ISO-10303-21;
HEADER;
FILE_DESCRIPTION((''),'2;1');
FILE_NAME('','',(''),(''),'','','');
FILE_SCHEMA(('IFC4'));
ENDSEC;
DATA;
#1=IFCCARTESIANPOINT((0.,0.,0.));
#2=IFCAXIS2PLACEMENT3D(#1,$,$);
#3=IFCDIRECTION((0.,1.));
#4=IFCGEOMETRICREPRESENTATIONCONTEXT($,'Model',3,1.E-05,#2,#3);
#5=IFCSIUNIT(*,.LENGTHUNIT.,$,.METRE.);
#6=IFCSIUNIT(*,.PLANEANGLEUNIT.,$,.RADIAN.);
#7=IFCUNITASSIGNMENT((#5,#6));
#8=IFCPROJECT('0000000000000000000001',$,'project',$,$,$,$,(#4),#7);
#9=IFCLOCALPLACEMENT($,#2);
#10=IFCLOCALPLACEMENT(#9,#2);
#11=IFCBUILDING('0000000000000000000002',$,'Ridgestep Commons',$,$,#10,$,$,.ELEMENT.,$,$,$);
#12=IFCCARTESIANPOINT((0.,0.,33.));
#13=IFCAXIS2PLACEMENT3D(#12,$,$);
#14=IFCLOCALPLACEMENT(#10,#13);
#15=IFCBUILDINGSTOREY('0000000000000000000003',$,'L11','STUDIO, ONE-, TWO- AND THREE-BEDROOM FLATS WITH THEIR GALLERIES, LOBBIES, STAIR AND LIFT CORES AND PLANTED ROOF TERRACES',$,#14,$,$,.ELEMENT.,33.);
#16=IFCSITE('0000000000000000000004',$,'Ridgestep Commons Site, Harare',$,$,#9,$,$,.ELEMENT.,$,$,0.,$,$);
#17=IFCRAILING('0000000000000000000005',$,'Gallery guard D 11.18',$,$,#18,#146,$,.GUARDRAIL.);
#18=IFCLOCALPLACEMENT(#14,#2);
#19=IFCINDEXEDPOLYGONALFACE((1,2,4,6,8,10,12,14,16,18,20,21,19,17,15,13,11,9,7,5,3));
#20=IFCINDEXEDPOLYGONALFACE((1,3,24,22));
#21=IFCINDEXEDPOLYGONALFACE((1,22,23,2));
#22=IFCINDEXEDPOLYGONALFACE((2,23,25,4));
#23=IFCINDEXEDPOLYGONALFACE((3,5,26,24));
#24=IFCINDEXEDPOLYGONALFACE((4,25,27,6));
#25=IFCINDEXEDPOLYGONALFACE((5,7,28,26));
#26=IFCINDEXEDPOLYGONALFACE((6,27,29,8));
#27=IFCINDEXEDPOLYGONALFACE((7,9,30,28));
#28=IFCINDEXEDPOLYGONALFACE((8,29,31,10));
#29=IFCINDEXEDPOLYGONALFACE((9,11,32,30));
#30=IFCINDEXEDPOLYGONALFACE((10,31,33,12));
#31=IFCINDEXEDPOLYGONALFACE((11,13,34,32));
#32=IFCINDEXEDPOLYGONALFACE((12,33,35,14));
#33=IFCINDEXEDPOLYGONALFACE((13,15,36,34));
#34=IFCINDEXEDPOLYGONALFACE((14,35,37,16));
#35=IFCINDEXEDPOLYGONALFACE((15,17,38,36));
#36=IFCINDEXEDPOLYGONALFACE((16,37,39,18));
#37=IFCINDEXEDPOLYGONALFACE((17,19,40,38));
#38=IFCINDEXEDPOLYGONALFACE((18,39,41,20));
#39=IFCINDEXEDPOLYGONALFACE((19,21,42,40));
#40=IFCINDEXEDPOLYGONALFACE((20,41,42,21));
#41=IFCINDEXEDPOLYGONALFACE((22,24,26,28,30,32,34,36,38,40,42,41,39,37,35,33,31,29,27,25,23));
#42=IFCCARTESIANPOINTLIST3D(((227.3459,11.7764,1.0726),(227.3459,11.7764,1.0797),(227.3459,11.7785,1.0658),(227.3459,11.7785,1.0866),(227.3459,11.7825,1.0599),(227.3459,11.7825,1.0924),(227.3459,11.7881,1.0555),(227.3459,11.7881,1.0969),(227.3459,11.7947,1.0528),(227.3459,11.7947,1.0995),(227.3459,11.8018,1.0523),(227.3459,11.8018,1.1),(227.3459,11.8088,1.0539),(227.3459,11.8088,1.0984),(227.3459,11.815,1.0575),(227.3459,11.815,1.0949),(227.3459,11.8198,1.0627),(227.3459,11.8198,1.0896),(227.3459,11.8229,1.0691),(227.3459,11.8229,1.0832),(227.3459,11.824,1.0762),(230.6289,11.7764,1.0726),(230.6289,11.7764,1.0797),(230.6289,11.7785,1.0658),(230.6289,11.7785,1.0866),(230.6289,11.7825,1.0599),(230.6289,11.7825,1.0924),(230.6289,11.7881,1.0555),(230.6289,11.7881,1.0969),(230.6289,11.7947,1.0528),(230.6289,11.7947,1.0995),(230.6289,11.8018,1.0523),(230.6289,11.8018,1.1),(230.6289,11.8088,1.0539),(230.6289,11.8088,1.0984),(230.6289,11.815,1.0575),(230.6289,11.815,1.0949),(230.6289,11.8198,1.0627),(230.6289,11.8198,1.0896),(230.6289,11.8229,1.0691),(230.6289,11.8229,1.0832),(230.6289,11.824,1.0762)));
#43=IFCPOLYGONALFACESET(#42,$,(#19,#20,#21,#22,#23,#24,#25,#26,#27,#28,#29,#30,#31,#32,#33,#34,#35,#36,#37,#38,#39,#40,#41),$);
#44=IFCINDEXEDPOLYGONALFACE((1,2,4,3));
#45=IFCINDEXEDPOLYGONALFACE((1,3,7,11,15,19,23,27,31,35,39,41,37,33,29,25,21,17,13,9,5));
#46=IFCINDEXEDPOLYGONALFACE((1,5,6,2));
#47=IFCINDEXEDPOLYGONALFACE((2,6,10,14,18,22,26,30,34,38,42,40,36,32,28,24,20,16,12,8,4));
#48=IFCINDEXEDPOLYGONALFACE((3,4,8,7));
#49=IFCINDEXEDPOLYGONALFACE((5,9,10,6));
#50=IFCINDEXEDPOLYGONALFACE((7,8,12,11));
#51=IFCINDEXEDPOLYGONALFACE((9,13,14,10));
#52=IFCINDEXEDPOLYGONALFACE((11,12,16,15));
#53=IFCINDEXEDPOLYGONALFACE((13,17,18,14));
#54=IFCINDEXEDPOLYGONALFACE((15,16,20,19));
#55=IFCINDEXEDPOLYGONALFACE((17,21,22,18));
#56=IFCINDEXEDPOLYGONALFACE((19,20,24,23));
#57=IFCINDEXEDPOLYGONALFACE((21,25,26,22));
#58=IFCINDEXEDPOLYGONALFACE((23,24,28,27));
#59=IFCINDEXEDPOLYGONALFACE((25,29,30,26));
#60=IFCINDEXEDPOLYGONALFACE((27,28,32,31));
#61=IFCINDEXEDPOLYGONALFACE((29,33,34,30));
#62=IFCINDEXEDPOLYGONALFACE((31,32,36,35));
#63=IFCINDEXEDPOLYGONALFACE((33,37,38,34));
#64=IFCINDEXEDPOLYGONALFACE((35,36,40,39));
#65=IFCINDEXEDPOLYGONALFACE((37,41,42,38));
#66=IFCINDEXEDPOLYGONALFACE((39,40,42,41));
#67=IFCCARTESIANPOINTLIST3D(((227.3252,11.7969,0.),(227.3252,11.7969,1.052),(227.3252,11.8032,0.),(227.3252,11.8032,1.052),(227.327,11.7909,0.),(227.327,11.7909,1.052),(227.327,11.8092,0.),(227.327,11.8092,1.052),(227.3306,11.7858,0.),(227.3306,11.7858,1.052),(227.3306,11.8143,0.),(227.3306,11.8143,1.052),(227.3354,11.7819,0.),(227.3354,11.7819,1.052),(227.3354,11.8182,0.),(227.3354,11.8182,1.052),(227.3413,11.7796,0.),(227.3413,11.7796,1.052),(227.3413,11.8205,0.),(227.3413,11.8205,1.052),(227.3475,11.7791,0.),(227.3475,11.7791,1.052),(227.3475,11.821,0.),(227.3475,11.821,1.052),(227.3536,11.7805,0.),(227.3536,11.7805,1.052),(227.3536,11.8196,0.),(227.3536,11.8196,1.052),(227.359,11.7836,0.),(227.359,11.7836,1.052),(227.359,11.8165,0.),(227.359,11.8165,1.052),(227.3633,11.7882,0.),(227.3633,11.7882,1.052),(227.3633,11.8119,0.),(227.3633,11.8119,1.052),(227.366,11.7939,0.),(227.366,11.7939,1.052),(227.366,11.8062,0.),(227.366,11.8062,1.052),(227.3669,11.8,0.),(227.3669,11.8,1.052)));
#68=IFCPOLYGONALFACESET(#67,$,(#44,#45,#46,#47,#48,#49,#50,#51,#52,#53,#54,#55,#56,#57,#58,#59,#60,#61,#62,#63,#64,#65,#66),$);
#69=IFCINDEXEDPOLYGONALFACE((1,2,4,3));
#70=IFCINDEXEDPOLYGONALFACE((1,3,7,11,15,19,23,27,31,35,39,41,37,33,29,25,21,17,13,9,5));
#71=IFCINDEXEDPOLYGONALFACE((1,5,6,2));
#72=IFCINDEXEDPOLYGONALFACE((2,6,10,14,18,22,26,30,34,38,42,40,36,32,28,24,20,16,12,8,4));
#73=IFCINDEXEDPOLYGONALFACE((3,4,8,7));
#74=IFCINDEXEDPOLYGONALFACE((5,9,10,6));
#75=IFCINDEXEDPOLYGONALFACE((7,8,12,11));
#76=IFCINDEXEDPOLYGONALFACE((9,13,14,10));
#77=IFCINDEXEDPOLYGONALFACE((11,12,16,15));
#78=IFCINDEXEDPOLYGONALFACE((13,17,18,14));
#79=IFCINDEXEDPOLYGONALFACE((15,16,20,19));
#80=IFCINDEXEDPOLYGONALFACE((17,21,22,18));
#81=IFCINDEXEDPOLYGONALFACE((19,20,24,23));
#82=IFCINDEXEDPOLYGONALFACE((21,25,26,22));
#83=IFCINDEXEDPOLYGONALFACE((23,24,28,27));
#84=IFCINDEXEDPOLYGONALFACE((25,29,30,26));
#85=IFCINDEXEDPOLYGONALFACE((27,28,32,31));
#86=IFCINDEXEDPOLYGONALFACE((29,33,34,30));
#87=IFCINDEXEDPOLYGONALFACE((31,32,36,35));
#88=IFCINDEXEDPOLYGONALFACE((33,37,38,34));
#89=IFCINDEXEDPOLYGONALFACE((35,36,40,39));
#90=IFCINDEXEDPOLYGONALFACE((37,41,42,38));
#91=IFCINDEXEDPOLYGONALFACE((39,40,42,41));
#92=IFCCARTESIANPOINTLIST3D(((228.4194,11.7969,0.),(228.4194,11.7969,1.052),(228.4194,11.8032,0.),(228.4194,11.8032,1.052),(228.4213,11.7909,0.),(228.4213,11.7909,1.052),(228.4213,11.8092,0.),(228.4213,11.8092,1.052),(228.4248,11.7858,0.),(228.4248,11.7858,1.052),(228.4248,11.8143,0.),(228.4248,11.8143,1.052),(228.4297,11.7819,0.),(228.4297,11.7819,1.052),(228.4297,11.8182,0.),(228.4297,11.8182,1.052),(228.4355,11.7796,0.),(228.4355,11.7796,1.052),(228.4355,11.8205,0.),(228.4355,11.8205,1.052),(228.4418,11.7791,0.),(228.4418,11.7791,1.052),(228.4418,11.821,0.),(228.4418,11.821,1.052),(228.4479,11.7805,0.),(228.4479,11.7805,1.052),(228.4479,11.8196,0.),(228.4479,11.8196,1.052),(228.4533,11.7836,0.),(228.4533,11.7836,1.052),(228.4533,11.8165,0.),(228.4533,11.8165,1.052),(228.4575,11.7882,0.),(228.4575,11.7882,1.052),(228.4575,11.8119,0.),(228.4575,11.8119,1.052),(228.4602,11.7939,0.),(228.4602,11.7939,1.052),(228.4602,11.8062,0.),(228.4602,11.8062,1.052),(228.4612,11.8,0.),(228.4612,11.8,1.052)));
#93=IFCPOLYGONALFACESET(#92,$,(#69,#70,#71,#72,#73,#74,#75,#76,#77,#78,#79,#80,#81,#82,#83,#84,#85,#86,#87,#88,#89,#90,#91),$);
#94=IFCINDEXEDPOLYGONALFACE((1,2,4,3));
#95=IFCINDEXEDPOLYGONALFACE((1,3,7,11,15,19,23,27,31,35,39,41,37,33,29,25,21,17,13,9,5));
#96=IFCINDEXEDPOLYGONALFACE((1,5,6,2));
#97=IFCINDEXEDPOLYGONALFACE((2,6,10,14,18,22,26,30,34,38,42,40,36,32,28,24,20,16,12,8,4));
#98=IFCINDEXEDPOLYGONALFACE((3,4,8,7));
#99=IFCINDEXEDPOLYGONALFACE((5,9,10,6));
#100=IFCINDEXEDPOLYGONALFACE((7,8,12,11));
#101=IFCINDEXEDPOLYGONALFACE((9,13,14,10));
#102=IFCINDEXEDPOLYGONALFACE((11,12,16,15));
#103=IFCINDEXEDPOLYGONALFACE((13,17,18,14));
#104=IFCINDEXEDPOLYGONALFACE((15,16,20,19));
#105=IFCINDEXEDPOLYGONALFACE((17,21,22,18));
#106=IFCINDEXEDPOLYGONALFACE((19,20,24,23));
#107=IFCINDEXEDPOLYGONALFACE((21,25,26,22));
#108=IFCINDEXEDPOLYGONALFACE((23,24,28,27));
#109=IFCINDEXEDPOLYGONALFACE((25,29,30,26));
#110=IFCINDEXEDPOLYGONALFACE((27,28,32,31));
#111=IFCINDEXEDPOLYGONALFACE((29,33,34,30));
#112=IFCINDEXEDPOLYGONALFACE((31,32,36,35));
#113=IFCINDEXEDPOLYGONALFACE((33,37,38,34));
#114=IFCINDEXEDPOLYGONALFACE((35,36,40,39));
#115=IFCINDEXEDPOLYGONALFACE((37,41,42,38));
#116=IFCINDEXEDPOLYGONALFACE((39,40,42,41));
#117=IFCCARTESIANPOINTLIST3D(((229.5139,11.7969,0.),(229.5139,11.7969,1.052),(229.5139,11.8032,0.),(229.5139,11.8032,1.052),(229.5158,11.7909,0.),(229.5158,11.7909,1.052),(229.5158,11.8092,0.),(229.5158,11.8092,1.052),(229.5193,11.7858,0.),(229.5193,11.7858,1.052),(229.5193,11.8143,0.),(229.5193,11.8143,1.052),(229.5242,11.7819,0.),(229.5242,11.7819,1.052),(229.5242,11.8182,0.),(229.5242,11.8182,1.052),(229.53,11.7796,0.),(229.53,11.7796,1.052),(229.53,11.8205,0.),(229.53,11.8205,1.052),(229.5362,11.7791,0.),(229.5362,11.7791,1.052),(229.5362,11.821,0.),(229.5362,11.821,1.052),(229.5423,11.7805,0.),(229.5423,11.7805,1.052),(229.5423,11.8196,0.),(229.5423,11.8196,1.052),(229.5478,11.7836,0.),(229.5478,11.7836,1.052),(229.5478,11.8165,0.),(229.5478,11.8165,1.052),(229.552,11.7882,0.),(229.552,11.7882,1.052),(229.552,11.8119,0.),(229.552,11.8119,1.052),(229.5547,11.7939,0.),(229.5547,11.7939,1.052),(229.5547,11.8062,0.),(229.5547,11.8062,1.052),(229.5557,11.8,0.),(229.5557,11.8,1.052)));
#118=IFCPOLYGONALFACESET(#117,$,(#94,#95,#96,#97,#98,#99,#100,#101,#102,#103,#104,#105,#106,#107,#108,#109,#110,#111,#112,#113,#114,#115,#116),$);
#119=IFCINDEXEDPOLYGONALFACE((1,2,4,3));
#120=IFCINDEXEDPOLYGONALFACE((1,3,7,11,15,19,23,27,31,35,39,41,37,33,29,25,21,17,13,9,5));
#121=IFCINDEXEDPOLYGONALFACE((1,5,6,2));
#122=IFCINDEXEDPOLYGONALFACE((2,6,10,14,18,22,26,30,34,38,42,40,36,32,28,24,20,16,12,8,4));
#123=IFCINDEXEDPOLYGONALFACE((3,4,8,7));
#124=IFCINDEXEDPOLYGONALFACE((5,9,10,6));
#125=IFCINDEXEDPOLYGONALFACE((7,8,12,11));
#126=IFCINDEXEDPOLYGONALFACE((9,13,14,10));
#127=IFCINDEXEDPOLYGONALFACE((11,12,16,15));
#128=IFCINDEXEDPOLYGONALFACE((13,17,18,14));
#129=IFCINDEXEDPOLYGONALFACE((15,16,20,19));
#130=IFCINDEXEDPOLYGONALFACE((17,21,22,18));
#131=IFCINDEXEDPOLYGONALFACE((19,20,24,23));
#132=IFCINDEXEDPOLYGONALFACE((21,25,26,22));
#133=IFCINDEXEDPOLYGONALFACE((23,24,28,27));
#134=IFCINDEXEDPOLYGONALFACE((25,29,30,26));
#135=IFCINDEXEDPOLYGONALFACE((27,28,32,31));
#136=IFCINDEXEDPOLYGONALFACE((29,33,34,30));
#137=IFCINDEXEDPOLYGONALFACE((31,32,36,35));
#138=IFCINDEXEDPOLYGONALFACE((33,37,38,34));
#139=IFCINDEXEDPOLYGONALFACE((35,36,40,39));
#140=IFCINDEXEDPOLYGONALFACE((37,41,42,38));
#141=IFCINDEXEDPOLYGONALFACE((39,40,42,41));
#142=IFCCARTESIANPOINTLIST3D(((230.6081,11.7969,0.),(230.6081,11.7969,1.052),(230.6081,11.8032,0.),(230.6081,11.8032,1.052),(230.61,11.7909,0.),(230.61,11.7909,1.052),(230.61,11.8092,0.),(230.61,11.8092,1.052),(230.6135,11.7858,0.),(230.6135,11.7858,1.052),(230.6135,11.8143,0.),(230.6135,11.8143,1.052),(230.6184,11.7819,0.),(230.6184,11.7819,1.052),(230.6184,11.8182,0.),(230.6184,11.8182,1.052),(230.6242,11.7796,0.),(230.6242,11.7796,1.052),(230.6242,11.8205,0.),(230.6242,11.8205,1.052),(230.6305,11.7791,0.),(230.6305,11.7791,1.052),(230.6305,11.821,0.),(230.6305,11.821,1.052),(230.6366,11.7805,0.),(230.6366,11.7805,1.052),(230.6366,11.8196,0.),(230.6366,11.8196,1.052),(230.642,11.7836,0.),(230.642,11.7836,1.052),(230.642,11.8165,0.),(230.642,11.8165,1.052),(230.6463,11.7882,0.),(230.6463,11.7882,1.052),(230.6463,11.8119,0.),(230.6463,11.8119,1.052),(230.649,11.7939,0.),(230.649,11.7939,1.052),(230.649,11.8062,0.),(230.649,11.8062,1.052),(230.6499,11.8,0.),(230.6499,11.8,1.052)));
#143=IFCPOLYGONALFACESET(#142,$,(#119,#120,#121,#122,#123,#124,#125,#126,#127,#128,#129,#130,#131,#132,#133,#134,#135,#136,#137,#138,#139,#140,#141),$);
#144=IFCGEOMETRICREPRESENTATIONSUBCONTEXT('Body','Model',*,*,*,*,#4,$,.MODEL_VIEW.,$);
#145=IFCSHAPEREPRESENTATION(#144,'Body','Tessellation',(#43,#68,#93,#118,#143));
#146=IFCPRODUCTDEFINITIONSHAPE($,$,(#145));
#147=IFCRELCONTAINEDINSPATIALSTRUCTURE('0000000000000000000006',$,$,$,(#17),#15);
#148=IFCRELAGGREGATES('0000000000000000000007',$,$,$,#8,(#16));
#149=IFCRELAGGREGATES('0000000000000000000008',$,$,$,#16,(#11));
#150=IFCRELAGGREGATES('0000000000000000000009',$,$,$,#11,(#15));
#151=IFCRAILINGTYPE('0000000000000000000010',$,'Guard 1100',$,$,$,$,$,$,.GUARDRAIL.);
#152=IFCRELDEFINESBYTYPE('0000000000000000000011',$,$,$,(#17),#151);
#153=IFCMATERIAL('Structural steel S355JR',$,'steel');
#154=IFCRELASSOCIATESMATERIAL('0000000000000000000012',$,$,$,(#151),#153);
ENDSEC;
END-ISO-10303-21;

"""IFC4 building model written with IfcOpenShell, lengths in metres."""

from ifc_helpers import new_model, si_unit, direction, frame, origin, origin_2d, place, context, subcontext, project, spatial, circle, extrude, material, type_object, element, save


model = new_model("IFC4")

# Units and contexts
model_context = context("Model", 3, precision=1e-05, world=origin(), true_north=direction((0.0, 1.0)))
body_context = subcontext(model_context, "Body", "Model", "MODEL_VIEW")
ifc_project = project(units=[si_unit("LENGTHUNIT", "METRE"), si_unit("PLANEANGLEUNIT", "RADIAN")], contexts=[model_context])

# Site, building, storey
site_placement = place(None, origin())
site = spatial("IfcSite", under=ifc_project, at=site_placement, Name="Ridgestep Commons Site, Harare", CompositionType="ELEMENT", RefElevation=0.0)
building_placement = place(site_placement, origin())
building = spatial("IfcBuilding", under=site, at=building_placement, Name="Ridgestep Commons", CompositionType="ELEMENT")
storey_placement = place(building_placement, frame((0.0, 0.0, 33.0)))
storey = spatial("IfcBuildingStorey", under=building, at=storey_placement, Name="L11", Description="STUDIO, ONE-, TWO- AND THREE-BEDROOM FLATS WITH THEIR GALLERIES, LOBBIES, STAIR AND LIFT CORES AND PLANTED ROOF TERRACES", CompositionType="ELEMENT", Elevation=33.0)

# Railing
ifc_material_1 = material(Name="Structural steel S355JR", Category="steel")
railing_type_1 = type_object("IfcRailingType", Name="Guard 1100", PredefinedType="GUARDRAIL", material=ifc_material_1)
railing_1_placement = place(storey_placement, frame((227.3459, 11.8, 0.0)))
element("IfcRailing", 1, at=railing_1_placement, inside=storey, type_object=railing_type_1, Name="Gallery guard D 11.18", PredefinedType="GUARDRAIL", context=body_context, shape_type="SweptSolid", body=[
    extrude(circle(Radius=0.0239, at=origin_2d()), frame((0.0, 0.0, 1.0762), z_axis=(1.0, 0.0, 0.0), x_axis=(0.0, 1.0, 0.0)), (0.0, 0.0, 1.0), 3.283),
    extrude(circle(Radius=0.021, at=origin_2d()), origin(), (0.0, 0.0, 1.0), 1.052),
    extrude(circle(Radius=0.021, at=origin_2d()), frame((1.0942, 0.0, 0.0)), (0.0, 0.0, 1.0), 1.052),
    extrude(circle(Radius=0.021, at=origin_2d()), frame((2.1887, 0.0, 0.0)), (0.0, 0.0, 1.0), 1.052),
    extrude(circle(Radius=0.021, at=origin_2d()), frame((3.283, 0.0, 0.0)), (0.0, 0.0, 1.0), 1.052),
])

save(model, "model.ifc")
